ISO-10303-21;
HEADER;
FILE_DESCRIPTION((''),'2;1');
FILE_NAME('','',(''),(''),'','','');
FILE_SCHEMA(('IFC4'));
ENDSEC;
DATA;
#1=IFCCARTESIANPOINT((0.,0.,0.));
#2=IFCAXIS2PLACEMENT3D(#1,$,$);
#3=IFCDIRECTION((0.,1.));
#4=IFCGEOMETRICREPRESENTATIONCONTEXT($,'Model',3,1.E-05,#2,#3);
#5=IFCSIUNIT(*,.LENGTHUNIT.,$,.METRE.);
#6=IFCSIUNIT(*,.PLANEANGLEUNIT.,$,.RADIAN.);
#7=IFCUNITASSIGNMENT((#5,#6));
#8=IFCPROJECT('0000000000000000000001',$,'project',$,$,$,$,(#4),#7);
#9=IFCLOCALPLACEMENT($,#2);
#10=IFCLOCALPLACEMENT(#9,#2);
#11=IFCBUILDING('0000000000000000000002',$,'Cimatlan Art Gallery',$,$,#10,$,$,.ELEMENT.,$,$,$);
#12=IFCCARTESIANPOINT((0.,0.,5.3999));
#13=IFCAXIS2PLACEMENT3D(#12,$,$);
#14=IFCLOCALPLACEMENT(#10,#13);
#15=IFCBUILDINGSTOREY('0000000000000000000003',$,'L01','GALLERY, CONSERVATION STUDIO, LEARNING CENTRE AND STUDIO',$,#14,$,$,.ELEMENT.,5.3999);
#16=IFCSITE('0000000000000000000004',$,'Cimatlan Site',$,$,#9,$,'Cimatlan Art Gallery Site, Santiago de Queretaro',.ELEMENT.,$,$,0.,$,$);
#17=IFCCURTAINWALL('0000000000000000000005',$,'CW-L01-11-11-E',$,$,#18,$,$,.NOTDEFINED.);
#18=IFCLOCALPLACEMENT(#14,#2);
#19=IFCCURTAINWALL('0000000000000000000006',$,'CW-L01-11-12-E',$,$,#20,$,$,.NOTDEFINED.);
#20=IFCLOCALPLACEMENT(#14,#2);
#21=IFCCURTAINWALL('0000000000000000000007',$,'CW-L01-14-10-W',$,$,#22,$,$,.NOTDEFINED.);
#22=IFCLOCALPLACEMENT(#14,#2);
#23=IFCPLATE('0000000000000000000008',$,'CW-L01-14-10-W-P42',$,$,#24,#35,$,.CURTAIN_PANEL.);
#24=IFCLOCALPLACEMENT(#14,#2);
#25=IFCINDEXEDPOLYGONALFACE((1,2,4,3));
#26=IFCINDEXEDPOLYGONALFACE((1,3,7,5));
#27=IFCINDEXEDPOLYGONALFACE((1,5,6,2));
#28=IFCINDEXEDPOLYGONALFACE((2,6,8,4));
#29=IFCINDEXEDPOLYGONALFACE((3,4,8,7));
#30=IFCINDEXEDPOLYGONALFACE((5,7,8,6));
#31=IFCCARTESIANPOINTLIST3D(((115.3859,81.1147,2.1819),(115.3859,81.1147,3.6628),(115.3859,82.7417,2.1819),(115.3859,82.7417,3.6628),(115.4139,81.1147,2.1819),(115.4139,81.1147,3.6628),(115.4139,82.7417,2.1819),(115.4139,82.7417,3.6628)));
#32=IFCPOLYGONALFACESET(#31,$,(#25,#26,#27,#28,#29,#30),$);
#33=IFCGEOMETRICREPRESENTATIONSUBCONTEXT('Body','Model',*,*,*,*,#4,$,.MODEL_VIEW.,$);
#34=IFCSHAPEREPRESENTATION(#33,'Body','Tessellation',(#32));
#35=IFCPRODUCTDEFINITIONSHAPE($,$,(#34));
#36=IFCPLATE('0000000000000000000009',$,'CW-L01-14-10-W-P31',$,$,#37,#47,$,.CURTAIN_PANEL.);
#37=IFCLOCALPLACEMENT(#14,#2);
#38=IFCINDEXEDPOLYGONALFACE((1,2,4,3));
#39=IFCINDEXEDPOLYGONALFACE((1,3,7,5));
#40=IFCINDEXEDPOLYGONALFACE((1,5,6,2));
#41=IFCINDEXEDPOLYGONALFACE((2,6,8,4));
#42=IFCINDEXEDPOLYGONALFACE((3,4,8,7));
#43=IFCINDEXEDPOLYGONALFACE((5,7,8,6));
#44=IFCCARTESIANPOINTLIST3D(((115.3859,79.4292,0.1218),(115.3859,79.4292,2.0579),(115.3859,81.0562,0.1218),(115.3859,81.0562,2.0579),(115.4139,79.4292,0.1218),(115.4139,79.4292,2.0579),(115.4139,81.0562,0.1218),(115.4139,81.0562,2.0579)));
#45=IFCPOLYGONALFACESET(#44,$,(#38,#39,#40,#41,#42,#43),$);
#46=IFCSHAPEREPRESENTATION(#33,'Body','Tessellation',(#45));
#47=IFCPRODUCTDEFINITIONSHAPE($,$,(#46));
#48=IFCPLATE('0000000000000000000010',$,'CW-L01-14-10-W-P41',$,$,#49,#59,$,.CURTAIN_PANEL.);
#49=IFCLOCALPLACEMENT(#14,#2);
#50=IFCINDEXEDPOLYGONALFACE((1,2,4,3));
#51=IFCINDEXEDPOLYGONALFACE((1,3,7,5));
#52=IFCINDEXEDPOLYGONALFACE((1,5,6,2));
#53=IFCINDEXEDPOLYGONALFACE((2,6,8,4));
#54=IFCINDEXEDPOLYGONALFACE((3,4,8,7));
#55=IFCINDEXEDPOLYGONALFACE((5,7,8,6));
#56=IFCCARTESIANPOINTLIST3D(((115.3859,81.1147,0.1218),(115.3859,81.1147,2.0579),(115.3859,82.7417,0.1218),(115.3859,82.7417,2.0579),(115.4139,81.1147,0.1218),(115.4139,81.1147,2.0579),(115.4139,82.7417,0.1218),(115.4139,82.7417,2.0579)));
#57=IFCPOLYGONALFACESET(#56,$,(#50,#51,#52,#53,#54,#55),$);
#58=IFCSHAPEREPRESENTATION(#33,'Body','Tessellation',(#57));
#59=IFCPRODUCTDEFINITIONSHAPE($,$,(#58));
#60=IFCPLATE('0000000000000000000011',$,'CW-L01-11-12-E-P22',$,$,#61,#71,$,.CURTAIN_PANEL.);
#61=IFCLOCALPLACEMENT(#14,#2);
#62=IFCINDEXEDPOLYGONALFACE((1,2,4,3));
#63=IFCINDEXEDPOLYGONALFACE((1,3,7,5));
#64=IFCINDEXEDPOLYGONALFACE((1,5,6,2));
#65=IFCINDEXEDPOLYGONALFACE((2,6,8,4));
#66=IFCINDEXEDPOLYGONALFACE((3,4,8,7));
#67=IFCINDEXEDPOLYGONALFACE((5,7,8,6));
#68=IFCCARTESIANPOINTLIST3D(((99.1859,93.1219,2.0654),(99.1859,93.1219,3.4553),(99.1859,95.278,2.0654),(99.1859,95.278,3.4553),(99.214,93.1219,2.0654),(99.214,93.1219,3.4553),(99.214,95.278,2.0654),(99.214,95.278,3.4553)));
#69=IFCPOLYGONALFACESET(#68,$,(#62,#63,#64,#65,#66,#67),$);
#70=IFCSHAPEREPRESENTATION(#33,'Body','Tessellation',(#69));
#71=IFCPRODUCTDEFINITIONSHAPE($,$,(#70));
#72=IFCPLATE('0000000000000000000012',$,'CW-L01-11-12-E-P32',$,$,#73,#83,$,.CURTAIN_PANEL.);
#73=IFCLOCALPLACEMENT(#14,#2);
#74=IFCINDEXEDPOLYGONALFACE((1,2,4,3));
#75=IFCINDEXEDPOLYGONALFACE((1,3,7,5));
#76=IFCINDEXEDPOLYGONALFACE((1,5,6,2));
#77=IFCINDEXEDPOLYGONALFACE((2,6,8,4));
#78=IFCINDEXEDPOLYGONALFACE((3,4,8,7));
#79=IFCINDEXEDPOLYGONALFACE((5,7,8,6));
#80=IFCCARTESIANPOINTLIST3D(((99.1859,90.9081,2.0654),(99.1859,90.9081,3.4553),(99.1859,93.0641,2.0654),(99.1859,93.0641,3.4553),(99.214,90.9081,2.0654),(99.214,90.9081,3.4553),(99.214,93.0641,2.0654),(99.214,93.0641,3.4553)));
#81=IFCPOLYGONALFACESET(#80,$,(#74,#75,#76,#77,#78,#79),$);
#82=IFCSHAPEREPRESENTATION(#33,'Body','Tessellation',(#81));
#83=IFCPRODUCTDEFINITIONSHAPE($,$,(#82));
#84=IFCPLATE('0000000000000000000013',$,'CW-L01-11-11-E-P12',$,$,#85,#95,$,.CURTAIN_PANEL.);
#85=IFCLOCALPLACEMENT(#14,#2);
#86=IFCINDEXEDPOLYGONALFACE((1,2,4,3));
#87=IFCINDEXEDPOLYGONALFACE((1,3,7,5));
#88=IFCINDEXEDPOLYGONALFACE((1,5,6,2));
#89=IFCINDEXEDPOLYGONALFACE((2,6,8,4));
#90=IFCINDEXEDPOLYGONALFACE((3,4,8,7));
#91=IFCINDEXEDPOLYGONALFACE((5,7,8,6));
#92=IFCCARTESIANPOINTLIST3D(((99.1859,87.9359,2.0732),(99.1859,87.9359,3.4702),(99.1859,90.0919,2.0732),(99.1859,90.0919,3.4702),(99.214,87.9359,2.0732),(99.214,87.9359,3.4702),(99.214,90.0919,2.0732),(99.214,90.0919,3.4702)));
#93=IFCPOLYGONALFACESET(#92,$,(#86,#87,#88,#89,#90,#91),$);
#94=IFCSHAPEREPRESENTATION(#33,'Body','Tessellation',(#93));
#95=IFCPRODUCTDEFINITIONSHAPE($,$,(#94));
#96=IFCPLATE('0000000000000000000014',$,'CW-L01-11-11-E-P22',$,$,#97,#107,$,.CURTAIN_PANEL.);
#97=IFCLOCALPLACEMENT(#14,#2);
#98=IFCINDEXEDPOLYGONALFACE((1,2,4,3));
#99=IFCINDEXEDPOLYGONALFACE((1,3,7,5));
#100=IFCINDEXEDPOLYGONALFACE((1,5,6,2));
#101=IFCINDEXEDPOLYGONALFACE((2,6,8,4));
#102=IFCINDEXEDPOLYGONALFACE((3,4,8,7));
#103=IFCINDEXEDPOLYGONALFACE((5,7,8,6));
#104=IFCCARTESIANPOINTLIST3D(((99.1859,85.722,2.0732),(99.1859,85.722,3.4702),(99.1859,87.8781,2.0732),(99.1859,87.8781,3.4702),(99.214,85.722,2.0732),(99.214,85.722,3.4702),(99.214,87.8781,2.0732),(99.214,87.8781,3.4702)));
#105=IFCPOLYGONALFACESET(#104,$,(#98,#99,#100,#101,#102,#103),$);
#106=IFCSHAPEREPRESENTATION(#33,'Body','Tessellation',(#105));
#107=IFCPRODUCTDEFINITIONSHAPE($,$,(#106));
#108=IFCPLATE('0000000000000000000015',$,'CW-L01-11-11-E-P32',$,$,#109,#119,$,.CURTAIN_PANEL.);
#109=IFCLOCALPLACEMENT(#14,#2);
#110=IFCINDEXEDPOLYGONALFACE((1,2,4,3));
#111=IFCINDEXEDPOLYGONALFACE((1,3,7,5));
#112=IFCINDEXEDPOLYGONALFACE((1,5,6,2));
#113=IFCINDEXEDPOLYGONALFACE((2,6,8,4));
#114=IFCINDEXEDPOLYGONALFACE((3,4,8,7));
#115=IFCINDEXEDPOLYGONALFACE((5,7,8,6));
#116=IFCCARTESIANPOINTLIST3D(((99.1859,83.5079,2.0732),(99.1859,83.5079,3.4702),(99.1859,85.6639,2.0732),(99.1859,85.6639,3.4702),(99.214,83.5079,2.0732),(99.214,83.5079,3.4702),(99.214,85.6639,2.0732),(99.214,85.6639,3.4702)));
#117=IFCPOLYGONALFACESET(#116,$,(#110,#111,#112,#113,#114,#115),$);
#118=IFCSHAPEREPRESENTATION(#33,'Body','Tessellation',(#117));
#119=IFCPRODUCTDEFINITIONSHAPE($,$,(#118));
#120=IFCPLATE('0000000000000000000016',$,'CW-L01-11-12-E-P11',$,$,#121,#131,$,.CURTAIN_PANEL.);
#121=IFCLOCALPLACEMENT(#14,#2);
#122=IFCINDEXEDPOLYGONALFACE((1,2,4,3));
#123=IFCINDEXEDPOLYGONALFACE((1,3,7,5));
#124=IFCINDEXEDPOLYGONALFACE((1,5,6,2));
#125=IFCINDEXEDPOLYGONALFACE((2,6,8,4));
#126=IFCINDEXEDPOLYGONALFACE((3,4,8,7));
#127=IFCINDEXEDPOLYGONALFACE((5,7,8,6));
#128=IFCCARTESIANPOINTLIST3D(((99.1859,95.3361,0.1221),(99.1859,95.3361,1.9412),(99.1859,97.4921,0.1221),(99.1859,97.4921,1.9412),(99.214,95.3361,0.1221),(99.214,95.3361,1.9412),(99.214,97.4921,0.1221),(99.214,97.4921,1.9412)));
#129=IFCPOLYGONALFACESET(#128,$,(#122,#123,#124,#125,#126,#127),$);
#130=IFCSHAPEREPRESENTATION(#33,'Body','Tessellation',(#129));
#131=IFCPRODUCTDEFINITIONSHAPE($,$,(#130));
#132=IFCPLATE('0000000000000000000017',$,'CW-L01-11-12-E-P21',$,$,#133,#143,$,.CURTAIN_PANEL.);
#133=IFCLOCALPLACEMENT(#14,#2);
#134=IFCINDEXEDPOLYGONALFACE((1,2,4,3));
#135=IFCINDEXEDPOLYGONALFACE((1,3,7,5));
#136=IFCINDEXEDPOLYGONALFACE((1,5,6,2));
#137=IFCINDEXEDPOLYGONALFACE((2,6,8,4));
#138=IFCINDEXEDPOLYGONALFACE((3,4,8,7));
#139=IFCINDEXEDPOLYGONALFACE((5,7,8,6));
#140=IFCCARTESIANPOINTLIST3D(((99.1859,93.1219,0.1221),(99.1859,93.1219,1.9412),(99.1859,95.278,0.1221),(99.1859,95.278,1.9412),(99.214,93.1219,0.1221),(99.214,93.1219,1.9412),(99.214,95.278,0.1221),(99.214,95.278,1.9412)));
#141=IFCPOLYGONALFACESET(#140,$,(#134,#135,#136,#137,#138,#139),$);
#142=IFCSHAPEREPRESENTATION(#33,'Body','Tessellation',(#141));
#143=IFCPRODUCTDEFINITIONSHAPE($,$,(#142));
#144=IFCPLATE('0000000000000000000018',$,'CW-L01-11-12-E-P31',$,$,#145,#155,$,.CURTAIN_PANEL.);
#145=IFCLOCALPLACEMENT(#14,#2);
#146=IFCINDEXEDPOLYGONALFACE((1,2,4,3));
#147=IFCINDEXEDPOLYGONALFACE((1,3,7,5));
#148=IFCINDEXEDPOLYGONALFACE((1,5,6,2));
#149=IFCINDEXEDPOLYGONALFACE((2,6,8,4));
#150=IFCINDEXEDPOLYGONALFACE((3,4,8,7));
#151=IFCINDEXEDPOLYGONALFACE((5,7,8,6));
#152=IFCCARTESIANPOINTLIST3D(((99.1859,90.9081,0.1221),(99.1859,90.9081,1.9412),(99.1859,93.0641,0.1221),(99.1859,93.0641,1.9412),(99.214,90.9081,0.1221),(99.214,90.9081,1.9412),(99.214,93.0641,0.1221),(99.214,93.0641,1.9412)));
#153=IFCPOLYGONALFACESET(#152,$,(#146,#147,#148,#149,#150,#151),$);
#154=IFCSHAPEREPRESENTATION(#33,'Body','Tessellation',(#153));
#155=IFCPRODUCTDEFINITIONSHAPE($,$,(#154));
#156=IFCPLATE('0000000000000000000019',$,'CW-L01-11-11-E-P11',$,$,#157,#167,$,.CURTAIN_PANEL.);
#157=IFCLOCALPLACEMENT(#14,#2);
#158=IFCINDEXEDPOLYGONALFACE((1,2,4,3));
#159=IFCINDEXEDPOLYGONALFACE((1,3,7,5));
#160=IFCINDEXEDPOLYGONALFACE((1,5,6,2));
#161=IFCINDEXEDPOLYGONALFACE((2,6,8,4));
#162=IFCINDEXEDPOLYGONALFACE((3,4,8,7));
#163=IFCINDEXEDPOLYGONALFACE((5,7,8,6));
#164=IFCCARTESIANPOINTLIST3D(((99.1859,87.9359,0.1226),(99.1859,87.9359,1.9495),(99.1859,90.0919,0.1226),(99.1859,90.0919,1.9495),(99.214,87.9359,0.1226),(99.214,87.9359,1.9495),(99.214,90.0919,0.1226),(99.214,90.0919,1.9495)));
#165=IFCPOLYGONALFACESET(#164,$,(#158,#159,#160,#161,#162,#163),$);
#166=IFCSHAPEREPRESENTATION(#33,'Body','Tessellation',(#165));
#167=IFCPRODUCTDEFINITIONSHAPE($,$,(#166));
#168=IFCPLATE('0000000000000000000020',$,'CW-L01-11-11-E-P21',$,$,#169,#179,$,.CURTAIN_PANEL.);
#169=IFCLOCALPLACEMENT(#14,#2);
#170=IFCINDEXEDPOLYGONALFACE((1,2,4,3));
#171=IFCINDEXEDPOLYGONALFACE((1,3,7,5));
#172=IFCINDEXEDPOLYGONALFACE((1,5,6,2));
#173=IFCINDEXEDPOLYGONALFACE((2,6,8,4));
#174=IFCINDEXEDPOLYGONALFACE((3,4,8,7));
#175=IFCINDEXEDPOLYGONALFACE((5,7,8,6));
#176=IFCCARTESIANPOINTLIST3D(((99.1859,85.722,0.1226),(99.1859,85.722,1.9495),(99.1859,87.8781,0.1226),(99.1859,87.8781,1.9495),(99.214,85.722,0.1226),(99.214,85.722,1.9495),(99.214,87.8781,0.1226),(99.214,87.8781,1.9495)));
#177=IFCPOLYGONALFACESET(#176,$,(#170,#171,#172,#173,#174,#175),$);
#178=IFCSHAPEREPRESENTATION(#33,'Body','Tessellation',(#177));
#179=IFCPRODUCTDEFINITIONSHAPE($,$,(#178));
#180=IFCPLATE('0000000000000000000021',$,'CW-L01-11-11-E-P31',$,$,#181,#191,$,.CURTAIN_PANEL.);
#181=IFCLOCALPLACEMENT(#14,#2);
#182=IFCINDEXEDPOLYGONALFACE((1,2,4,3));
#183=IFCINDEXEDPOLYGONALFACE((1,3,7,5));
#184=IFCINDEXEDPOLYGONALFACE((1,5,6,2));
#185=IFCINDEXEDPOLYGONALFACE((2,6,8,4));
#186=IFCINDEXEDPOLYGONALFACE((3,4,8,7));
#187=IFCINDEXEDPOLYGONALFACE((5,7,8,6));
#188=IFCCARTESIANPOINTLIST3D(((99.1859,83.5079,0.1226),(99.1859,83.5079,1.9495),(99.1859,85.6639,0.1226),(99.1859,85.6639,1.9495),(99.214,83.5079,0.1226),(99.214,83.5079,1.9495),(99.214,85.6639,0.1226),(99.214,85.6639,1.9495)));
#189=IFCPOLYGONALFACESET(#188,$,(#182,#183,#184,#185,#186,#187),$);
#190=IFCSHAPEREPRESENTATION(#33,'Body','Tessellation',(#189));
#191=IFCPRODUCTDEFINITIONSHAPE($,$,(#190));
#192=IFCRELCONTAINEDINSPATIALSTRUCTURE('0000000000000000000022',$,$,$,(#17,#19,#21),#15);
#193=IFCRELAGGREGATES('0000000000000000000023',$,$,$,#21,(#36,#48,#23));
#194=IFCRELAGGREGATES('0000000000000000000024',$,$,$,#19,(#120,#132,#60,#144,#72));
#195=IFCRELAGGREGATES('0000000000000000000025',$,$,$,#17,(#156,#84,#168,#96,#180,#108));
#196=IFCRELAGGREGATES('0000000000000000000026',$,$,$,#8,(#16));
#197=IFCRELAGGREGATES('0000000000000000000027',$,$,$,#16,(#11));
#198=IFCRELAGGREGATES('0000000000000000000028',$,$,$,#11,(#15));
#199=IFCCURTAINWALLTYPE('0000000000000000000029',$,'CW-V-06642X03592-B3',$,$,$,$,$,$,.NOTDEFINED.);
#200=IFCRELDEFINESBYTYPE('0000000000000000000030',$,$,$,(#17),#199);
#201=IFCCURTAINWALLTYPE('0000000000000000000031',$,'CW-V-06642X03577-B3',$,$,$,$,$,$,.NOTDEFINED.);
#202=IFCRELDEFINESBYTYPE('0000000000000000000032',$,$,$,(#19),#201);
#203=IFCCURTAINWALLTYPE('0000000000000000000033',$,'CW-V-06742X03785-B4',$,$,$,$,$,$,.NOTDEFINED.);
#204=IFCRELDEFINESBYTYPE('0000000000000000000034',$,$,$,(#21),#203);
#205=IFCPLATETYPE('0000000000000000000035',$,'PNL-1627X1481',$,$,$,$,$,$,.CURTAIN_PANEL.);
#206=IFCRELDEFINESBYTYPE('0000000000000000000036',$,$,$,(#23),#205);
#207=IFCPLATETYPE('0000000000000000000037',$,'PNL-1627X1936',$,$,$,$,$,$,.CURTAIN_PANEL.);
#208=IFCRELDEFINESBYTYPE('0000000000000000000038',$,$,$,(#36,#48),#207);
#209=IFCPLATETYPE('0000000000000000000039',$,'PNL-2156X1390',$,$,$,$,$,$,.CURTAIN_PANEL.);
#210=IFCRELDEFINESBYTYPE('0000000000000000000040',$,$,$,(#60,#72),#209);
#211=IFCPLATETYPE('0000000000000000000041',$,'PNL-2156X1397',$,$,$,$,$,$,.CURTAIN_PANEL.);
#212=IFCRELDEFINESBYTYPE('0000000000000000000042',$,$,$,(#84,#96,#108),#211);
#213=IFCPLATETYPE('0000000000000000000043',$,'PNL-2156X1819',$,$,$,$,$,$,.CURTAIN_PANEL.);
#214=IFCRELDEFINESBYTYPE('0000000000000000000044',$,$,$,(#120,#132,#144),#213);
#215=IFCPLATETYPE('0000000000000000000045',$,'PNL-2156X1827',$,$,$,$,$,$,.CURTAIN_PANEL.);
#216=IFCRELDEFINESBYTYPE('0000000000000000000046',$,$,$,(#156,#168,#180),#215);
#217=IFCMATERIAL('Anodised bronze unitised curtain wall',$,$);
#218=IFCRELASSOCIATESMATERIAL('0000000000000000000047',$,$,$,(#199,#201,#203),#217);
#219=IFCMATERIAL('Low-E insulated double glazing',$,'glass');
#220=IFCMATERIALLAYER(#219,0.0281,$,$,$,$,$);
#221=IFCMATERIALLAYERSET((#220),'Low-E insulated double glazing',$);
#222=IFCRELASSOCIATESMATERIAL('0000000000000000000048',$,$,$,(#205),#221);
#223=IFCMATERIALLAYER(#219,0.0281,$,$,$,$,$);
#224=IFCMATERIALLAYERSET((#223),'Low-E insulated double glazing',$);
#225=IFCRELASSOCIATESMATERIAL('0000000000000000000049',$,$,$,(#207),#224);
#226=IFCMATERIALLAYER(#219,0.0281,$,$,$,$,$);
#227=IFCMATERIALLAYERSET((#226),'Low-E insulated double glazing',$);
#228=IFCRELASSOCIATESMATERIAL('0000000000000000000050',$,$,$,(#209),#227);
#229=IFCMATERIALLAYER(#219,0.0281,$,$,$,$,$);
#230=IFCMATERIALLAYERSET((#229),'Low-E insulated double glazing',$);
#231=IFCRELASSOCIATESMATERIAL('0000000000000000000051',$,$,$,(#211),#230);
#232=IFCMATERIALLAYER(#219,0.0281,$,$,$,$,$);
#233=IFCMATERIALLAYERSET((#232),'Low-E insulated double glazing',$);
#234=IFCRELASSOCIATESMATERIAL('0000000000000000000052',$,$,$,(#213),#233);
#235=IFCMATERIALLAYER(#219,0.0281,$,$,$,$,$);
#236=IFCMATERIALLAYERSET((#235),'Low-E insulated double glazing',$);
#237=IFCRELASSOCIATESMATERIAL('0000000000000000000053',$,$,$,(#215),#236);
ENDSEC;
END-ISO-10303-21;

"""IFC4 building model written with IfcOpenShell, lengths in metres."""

from ifc_helpers import new_model, si_unit, direction, frame, origin, origin_2d, place, context, subcontext, project, spatial, rectangle, extrude, material, layer, layer_set, type_object, element, aggregate, save


model = new_model("IFC4")

# Units and contexts
model_context = context("Model", 3, precision=1e-05, world=origin(), true_north=direction((0.0, 1.0)))
body_context = subcontext(model_context, "Body", "Model", "MODEL_VIEW")
ifc_project = project(units=[si_unit("LENGTHUNIT", "METRE"), si_unit("PLANEANGLEUNIT", "RADIAN")], contexts=[model_context])

# Site, building, storey
site_placement = place(None, origin())
site = spatial("IfcSite", under=ifc_project, at=site_placement, Name="Cimatlan Site", LongName="Cimatlan Art Gallery Site, Santiago de Queretaro", CompositionType="ELEMENT", RefElevation=0.0)
building_placement = place(site_placement, origin())
building = spatial("IfcBuilding", under=site, at=building_placement, Name="Cimatlan Art Gallery", CompositionType="ELEMENT")
storey_placement = place(building_placement, frame((0.0, 0.0, 5.3999)))
storey = spatial("IfcBuildingStorey", under=building, at=storey_placement, Name="L01", Description="GALLERY, CONSERVATION STUDIO, LEARNING CENTRE AND STUDIO", CompositionType="ELEMENT", Elevation=5.3999)

# Curtain walls
ifc_material_1 = material(Name="Anodised bronze unitised curtain wall")
curtain_wall_type_1 = type_object("IfcCurtainWallType", Name="CW-V-06642X03592-B3", PredefinedType="NOTDEFINED", material=ifc_material_1)
curtain_wall_1_placement = place(storey_placement, origin())
curtain_wall_1 = element("IfcCurtainWall", 1, at=curtain_wall_1_placement, inside=storey, type_object=curtain_wall_type_1, Name="CW-L01-11-11-E", PredefinedType="NOTDEFINED")
curtain_wall_type_2 = type_object("IfcCurtainWallType", Name="CW-V-06642X03577-B3", PredefinedType="NOTDEFINED", material=ifc_material_1)
curtain_wall_2_placement = place(storey_placement, origin())
curtain_wall_2 = element("IfcCurtainWall", 2, at=curtain_wall_2_placement, inside=storey, type_object=curtain_wall_type_2, Name="CW-L01-11-12-E", PredefinedType="NOTDEFINED")

# Curtain wall
curtain_wall_type_3 = type_object("IfcCurtainWallType", Name="CW-V-06742X03785-B4", PredefinedType="NOTDEFINED", material=ifc_material_1)
curtain_wall_3_placement = place(storey_placement, origin())
curtain_wall_3 = element("IfcCurtainWall", 3, at=curtain_wall_3_placement, inside=storey, type_object=curtain_wall_type_3, Name="CW-L01-14-10-W", PredefinedType="NOTDEFINED")

# Plates
ifc_material_2 = material(Name="Low-E insulated double glazing", Category="glass")
ifc_layer_1 = layer(ifc_material_2, 0.0281)
ifc_layer_set_1 = layer_set([ifc_layer_1], Name="Low-E insulated double glazing")
plate_type_1 = type_object("IfcPlateType", Name="PNL-1627X1481", PredefinedType="CURTAIN_PANEL", material=ifc_layer_set_1)
plate_1_placement = place(storey_placement, frame((115.3999, 81.9282, 2.1819), z_axis=(0.0, 0.0, 1.0), x_axis=(0.0, 1.0, 0.0)))
plate_1 = element("IfcPlate", 4, at=plate_1_placement, type_object=plate_type_1, Name="CW-L01-14-10-W-P42", PredefinedType="CURTAIN_PANEL", context=body_context, shape_type="SweptSolid", body=[
    extrude(rectangle(XDim=1.627, YDim=0.0281, at=origin_2d()), origin(), (0.0, 0.0, 1.0), 1.481),
])
ifc_layer_2 = layer(ifc_material_2, 0.0281)
ifc_layer_set_2 = layer_set([ifc_layer_2], Name="Low-E insulated double glazing")
plate_type_2 = type_object("IfcPlateType", Name="PNL-1627X1936", PredefinedType="CURTAIN_PANEL", material=ifc_layer_set_2)
plate_2_placement = place(storey_placement, frame((115.3999, 80.2427, 0.1218), z_axis=(0.0, 0.0, 1.0), x_axis=(0.0, 1.0, 0.0)))
plate_2 = element("IfcPlate", 5, at=plate_2_placement, type_object=plate_type_2, Name="CW-L01-14-10-W-P31", PredefinedType="CURTAIN_PANEL", context=body_context, shape_type="SweptSolid", body=[
    extrude(rectangle(XDim=1.627, YDim=0.0281, at=origin_2d()), origin(), (0.0, 0.0, 1.0), 1.936),
])
plate_3_placement = place(storey_placement, frame((115.3999, 81.9282, 0.1218), z_axis=(0.0, 0.0, 1.0), x_axis=(0.0, 1.0, 0.0)))
plate_3 = element("IfcPlate", 6, at=plate_3_placement, type_object=plate_type_2, Name="CW-L01-14-10-W-P41", PredefinedType="CURTAIN_PANEL", context=body_context, shape_type="SweptSolid", body=[
    extrude(rectangle(XDim=1.627, YDim=0.0281, at=origin_2d()), origin(), (0.0, 0.0, 1.0), 1.936),
])
aggregate(curtain_wall_3, [plate_2, plate_3, plate_1])
ifc_layer_3 = layer(ifc_material_2, 0.0281)
ifc_layer_set_3 = layer_set([ifc_layer_3], Name="Low-E insulated double glazing")
plate_type_3 = type_object("IfcPlateType", Name="PNL-2156X1390", PredefinedType="CURTAIN_PANEL", material=ifc_layer_set_3)
plate_4_placement = place(storey_placement, frame((99.2, 94.2, 2.0654), z_axis=(0.0, 0.0, 1.0), x_axis=(0.0, -1.0, 0.0)))
plate_4 = element("IfcPlate", 7, at=plate_4_placement, type_object=plate_type_3, Name="CW-L01-11-12-E-P22", PredefinedType="CURTAIN_PANEL", context=body_context, shape_type="SweptSolid", body=[
    extrude(rectangle(XDim=2.156, YDim=0.0281, at=origin_2d()), origin(), (0.0, 0.0, 1.0), 1.3899),
])
plate_5_placement = place(storey_placement, frame((99.2, 91.9861, 2.0654), z_axis=(0.0, 0.0, 1.0), x_axis=(0.0, -1.0, 0.0)))
plate_5 = element("IfcPlate", 8, at=plate_5_placement, type_object=plate_type_3, Name="CW-L01-11-12-E-P32", PredefinedType="CURTAIN_PANEL", context=body_context, shape_type="SweptSolid", body=[
    extrude(rectangle(XDim=2.156, YDim=0.0281, at=origin_2d()), origin(), (0.0, 0.0, 1.0), 1.3899),
])
ifc_layer_4 = layer(ifc_material_2, 0.0281)
ifc_layer_set_4 = layer_set([ifc_layer_4], Name="Low-E insulated double glazing")
plate_type_4 = type_object("IfcPlateType", Name="PNL-2156X1397", PredefinedType="CURTAIN_PANEL", material=ifc_layer_set_4)
plate_6_placement = place(storey_placement, frame((99.2, 89.0139, 2.0732), z_axis=(0.0, 0.0, 1.0), x_axis=(0.0, -1.0, 0.0)))
plate_6 = element("IfcPlate", 9, at=plate_6_placement, type_object=plate_type_4, Name="CW-L01-11-11-E-P12", PredefinedType="CURTAIN_PANEL", context=body_context, shape_type="SweptSolid", body=[
    extrude(rectangle(XDim=2.156, YDim=0.0281, at=origin_2d()), origin(), (0.0, 0.0, 1.0), 1.397),
])
plate_7_placement = place(storey_placement, frame((99.2, 86.8, 2.0732), z_axis=(0.0, 0.0, 1.0), x_axis=(0.0, -1.0, 0.0)))
plate_7 = element("IfcPlate", 10, at=plate_7_placement, type_object=plate_type_4, Name="CW-L01-11-11-E-P22", PredefinedType="CURTAIN_PANEL", context=body_context, shape_type="SweptSolid", body=[
    extrude(rectangle(XDim=2.156, YDim=0.0281, at=origin_2d()), origin(), (0.0, 0.0, 1.0), 1.397),
])
plate_8_placement = place(storey_placement, frame((99.2, 84.5859, 2.0732), z_axis=(0.0, 0.0, 1.0), x_axis=(0.0, -1.0, 0.0)))
plate_8 = element("IfcPlate", 11, at=plate_8_placement, type_object=plate_type_4, Name="CW-L01-11-11-E-P32", PredefinedType="CURTAIN_PANEL", context=body_context, shape_type="SweptSolid", body=[
    extrude(rectangle(XDim=2.156, YDim=0.0281, at=origin_2d()), origin(), (0.0, 0.0, 1.0), 1.397),
])
ifc_layer_5 = layer(ifc_material_2, 0.0281)
ifc_layer_set_5 = layer_set([ifc_layer_5], Name="Low-E insulated double glazing")
plate_type_5 = type_object("IfcPlateType", Name="PNL-2156X1819", PredefinedType="CURTAIN_PANEL", material=ifc_layer_set_5)
plate_9_placement = place(storey_placement, frame((99.2, 96.4141, 0.1221), z_axis=(0.0, 0.0, 1.0), x_axis=(0.0, -1.0, 0.0)))
plate_9 = element("IfcPlate", 12, at=plate_9_placement, type_object=plate_type_5, Name="CW-L01-11-12-E-P11", PredefinedType="CURTAIN_PANEL", context=body_context, shape_type="SweptSolid", body=[
    extrude(rectangle(XDim=2.156, YDim=0.0281, at=origin_2d()), origin(), (0.0, 0.0, 1.0), 1.8191),
])
plate_10_placement = place(storey_placement, frame((99.2, 94.2, 0.1221), z_axis=(0.0, 0.0, 1.0), x_axis=(0.0, -1.0, 0.0)))
plate_10 = element("IfcPlate", 13, at=plate_10_placement, type_object=plate_type_5, Name="CW-L01-11-12-E-P21", PredefinedType="CURTAIN_PANEL", context=body_context, shape_type="SweptSolid", body=[
    extrude(rectangle(XDim=2.156, YDim=0.0281, at=origin_2d()), origin(), (0.0, 0.0, 1.0), 1.8191),
])
plate_11_placement = place(storey_placement, frame((99.2, 91.9861, 0.1221), z_axis=(0.0, 0.0, 1.0), x_axis=(0.0, -1.0, 0.0)))
plate_11 = element("IfcPlate", 14, at=plate_11_placement, type_object=plate_type_5, Name="CW-L01-11-12-E-P31", PredefinedType="CURTAIN_PANEL", context=body_context, shape_type="SweptSolid", body=[
    extrude(rectangle(XDim=2.156, YDim=0.0281, at=origin_2d()), origin(), (0.0, 0.0, 1.0), 1.8191),
])
aggregate(curtain_wall_2, [plate_9, plate_10, plate_4, plate_11, plate_5])
ifc_layer_6 = layer(ifc_material_2, 0.0281)
ifc_layer_set_6 = layer_set([ifc_layer_6], Name="Low-E insulated double glazing")
plate_type_6 = type_object("IfcPlateType", Name="PNL-2156X1827", PredefinedType="CURTAIN_PANEL", material=ifc_layer_set_6)
plate_12_placement = place(storey_placement, frame((99.2, 89.0139, 0.1226), z_axis=(0.0, 0.0, 1.0), x_axis=(0.0, -1.0, 0.0)))
plate_12 = element("IfcPlate", 15, at=plate_12_placement, type_object=plate_type_6, Name="CW-L01-11-11-E-P11", PredefinedType="CURTAIN_PANEL", context=body_context, shape_type="SweptSolid", body=[
    extrude(rectangle(XDim=2.156, YDim=0.0281, at=origin_2d()), origin(), (0.0, 0.0, 1.0), 1.8269),
])
plate_13_placement = place(storey_placement, frame((99.2, 86.8, 0.1226), z_axis=(0.0, 0.0, 1.0), x_axis=(0.0, -1.0, 0.0)))
plate_13 = element("IfcPlate", 16, at=plate_13_placement, type_object=plate_type_6, Name="CW-L01-11-11-E-P21", PredefinedType="CURTAIN_PANEL", context=body_context, shape_type="SweptSolid", body=[
    extrude(rectangle(XDim=2.156, YDim=0.0281, at=origin_2d()), origin(), (0.0, 0.0, 1.0), 1.8269),
])
plate_14_placement = place(storey_placement, frame((99.2, 84.5859, 0.1226), z_axis=(0.0, 0.0, 1.0), x_axis=(0.0, -1.0, 0.0)))
plate_14 = element("IfcPlate", 17, at=plate_14_placement, type_object=plate_type_6, Name="CW-L01-11-11-E-P31", PredefinedType="CURTAIN_PANEL", context=body_context, shape_type="SweptSolid", body=[
    extrude(rectangle(XDim=2.156, YDim=0.0281, at=origin_2d()), origin(), (0.0, 0.0, 1.0), 1.8269),
])
aggregate(curtain_wall_1, [plate_12, plate_6, plate_13, plate_7, plate_14, plate_8])

save(model, "model.ifc")
